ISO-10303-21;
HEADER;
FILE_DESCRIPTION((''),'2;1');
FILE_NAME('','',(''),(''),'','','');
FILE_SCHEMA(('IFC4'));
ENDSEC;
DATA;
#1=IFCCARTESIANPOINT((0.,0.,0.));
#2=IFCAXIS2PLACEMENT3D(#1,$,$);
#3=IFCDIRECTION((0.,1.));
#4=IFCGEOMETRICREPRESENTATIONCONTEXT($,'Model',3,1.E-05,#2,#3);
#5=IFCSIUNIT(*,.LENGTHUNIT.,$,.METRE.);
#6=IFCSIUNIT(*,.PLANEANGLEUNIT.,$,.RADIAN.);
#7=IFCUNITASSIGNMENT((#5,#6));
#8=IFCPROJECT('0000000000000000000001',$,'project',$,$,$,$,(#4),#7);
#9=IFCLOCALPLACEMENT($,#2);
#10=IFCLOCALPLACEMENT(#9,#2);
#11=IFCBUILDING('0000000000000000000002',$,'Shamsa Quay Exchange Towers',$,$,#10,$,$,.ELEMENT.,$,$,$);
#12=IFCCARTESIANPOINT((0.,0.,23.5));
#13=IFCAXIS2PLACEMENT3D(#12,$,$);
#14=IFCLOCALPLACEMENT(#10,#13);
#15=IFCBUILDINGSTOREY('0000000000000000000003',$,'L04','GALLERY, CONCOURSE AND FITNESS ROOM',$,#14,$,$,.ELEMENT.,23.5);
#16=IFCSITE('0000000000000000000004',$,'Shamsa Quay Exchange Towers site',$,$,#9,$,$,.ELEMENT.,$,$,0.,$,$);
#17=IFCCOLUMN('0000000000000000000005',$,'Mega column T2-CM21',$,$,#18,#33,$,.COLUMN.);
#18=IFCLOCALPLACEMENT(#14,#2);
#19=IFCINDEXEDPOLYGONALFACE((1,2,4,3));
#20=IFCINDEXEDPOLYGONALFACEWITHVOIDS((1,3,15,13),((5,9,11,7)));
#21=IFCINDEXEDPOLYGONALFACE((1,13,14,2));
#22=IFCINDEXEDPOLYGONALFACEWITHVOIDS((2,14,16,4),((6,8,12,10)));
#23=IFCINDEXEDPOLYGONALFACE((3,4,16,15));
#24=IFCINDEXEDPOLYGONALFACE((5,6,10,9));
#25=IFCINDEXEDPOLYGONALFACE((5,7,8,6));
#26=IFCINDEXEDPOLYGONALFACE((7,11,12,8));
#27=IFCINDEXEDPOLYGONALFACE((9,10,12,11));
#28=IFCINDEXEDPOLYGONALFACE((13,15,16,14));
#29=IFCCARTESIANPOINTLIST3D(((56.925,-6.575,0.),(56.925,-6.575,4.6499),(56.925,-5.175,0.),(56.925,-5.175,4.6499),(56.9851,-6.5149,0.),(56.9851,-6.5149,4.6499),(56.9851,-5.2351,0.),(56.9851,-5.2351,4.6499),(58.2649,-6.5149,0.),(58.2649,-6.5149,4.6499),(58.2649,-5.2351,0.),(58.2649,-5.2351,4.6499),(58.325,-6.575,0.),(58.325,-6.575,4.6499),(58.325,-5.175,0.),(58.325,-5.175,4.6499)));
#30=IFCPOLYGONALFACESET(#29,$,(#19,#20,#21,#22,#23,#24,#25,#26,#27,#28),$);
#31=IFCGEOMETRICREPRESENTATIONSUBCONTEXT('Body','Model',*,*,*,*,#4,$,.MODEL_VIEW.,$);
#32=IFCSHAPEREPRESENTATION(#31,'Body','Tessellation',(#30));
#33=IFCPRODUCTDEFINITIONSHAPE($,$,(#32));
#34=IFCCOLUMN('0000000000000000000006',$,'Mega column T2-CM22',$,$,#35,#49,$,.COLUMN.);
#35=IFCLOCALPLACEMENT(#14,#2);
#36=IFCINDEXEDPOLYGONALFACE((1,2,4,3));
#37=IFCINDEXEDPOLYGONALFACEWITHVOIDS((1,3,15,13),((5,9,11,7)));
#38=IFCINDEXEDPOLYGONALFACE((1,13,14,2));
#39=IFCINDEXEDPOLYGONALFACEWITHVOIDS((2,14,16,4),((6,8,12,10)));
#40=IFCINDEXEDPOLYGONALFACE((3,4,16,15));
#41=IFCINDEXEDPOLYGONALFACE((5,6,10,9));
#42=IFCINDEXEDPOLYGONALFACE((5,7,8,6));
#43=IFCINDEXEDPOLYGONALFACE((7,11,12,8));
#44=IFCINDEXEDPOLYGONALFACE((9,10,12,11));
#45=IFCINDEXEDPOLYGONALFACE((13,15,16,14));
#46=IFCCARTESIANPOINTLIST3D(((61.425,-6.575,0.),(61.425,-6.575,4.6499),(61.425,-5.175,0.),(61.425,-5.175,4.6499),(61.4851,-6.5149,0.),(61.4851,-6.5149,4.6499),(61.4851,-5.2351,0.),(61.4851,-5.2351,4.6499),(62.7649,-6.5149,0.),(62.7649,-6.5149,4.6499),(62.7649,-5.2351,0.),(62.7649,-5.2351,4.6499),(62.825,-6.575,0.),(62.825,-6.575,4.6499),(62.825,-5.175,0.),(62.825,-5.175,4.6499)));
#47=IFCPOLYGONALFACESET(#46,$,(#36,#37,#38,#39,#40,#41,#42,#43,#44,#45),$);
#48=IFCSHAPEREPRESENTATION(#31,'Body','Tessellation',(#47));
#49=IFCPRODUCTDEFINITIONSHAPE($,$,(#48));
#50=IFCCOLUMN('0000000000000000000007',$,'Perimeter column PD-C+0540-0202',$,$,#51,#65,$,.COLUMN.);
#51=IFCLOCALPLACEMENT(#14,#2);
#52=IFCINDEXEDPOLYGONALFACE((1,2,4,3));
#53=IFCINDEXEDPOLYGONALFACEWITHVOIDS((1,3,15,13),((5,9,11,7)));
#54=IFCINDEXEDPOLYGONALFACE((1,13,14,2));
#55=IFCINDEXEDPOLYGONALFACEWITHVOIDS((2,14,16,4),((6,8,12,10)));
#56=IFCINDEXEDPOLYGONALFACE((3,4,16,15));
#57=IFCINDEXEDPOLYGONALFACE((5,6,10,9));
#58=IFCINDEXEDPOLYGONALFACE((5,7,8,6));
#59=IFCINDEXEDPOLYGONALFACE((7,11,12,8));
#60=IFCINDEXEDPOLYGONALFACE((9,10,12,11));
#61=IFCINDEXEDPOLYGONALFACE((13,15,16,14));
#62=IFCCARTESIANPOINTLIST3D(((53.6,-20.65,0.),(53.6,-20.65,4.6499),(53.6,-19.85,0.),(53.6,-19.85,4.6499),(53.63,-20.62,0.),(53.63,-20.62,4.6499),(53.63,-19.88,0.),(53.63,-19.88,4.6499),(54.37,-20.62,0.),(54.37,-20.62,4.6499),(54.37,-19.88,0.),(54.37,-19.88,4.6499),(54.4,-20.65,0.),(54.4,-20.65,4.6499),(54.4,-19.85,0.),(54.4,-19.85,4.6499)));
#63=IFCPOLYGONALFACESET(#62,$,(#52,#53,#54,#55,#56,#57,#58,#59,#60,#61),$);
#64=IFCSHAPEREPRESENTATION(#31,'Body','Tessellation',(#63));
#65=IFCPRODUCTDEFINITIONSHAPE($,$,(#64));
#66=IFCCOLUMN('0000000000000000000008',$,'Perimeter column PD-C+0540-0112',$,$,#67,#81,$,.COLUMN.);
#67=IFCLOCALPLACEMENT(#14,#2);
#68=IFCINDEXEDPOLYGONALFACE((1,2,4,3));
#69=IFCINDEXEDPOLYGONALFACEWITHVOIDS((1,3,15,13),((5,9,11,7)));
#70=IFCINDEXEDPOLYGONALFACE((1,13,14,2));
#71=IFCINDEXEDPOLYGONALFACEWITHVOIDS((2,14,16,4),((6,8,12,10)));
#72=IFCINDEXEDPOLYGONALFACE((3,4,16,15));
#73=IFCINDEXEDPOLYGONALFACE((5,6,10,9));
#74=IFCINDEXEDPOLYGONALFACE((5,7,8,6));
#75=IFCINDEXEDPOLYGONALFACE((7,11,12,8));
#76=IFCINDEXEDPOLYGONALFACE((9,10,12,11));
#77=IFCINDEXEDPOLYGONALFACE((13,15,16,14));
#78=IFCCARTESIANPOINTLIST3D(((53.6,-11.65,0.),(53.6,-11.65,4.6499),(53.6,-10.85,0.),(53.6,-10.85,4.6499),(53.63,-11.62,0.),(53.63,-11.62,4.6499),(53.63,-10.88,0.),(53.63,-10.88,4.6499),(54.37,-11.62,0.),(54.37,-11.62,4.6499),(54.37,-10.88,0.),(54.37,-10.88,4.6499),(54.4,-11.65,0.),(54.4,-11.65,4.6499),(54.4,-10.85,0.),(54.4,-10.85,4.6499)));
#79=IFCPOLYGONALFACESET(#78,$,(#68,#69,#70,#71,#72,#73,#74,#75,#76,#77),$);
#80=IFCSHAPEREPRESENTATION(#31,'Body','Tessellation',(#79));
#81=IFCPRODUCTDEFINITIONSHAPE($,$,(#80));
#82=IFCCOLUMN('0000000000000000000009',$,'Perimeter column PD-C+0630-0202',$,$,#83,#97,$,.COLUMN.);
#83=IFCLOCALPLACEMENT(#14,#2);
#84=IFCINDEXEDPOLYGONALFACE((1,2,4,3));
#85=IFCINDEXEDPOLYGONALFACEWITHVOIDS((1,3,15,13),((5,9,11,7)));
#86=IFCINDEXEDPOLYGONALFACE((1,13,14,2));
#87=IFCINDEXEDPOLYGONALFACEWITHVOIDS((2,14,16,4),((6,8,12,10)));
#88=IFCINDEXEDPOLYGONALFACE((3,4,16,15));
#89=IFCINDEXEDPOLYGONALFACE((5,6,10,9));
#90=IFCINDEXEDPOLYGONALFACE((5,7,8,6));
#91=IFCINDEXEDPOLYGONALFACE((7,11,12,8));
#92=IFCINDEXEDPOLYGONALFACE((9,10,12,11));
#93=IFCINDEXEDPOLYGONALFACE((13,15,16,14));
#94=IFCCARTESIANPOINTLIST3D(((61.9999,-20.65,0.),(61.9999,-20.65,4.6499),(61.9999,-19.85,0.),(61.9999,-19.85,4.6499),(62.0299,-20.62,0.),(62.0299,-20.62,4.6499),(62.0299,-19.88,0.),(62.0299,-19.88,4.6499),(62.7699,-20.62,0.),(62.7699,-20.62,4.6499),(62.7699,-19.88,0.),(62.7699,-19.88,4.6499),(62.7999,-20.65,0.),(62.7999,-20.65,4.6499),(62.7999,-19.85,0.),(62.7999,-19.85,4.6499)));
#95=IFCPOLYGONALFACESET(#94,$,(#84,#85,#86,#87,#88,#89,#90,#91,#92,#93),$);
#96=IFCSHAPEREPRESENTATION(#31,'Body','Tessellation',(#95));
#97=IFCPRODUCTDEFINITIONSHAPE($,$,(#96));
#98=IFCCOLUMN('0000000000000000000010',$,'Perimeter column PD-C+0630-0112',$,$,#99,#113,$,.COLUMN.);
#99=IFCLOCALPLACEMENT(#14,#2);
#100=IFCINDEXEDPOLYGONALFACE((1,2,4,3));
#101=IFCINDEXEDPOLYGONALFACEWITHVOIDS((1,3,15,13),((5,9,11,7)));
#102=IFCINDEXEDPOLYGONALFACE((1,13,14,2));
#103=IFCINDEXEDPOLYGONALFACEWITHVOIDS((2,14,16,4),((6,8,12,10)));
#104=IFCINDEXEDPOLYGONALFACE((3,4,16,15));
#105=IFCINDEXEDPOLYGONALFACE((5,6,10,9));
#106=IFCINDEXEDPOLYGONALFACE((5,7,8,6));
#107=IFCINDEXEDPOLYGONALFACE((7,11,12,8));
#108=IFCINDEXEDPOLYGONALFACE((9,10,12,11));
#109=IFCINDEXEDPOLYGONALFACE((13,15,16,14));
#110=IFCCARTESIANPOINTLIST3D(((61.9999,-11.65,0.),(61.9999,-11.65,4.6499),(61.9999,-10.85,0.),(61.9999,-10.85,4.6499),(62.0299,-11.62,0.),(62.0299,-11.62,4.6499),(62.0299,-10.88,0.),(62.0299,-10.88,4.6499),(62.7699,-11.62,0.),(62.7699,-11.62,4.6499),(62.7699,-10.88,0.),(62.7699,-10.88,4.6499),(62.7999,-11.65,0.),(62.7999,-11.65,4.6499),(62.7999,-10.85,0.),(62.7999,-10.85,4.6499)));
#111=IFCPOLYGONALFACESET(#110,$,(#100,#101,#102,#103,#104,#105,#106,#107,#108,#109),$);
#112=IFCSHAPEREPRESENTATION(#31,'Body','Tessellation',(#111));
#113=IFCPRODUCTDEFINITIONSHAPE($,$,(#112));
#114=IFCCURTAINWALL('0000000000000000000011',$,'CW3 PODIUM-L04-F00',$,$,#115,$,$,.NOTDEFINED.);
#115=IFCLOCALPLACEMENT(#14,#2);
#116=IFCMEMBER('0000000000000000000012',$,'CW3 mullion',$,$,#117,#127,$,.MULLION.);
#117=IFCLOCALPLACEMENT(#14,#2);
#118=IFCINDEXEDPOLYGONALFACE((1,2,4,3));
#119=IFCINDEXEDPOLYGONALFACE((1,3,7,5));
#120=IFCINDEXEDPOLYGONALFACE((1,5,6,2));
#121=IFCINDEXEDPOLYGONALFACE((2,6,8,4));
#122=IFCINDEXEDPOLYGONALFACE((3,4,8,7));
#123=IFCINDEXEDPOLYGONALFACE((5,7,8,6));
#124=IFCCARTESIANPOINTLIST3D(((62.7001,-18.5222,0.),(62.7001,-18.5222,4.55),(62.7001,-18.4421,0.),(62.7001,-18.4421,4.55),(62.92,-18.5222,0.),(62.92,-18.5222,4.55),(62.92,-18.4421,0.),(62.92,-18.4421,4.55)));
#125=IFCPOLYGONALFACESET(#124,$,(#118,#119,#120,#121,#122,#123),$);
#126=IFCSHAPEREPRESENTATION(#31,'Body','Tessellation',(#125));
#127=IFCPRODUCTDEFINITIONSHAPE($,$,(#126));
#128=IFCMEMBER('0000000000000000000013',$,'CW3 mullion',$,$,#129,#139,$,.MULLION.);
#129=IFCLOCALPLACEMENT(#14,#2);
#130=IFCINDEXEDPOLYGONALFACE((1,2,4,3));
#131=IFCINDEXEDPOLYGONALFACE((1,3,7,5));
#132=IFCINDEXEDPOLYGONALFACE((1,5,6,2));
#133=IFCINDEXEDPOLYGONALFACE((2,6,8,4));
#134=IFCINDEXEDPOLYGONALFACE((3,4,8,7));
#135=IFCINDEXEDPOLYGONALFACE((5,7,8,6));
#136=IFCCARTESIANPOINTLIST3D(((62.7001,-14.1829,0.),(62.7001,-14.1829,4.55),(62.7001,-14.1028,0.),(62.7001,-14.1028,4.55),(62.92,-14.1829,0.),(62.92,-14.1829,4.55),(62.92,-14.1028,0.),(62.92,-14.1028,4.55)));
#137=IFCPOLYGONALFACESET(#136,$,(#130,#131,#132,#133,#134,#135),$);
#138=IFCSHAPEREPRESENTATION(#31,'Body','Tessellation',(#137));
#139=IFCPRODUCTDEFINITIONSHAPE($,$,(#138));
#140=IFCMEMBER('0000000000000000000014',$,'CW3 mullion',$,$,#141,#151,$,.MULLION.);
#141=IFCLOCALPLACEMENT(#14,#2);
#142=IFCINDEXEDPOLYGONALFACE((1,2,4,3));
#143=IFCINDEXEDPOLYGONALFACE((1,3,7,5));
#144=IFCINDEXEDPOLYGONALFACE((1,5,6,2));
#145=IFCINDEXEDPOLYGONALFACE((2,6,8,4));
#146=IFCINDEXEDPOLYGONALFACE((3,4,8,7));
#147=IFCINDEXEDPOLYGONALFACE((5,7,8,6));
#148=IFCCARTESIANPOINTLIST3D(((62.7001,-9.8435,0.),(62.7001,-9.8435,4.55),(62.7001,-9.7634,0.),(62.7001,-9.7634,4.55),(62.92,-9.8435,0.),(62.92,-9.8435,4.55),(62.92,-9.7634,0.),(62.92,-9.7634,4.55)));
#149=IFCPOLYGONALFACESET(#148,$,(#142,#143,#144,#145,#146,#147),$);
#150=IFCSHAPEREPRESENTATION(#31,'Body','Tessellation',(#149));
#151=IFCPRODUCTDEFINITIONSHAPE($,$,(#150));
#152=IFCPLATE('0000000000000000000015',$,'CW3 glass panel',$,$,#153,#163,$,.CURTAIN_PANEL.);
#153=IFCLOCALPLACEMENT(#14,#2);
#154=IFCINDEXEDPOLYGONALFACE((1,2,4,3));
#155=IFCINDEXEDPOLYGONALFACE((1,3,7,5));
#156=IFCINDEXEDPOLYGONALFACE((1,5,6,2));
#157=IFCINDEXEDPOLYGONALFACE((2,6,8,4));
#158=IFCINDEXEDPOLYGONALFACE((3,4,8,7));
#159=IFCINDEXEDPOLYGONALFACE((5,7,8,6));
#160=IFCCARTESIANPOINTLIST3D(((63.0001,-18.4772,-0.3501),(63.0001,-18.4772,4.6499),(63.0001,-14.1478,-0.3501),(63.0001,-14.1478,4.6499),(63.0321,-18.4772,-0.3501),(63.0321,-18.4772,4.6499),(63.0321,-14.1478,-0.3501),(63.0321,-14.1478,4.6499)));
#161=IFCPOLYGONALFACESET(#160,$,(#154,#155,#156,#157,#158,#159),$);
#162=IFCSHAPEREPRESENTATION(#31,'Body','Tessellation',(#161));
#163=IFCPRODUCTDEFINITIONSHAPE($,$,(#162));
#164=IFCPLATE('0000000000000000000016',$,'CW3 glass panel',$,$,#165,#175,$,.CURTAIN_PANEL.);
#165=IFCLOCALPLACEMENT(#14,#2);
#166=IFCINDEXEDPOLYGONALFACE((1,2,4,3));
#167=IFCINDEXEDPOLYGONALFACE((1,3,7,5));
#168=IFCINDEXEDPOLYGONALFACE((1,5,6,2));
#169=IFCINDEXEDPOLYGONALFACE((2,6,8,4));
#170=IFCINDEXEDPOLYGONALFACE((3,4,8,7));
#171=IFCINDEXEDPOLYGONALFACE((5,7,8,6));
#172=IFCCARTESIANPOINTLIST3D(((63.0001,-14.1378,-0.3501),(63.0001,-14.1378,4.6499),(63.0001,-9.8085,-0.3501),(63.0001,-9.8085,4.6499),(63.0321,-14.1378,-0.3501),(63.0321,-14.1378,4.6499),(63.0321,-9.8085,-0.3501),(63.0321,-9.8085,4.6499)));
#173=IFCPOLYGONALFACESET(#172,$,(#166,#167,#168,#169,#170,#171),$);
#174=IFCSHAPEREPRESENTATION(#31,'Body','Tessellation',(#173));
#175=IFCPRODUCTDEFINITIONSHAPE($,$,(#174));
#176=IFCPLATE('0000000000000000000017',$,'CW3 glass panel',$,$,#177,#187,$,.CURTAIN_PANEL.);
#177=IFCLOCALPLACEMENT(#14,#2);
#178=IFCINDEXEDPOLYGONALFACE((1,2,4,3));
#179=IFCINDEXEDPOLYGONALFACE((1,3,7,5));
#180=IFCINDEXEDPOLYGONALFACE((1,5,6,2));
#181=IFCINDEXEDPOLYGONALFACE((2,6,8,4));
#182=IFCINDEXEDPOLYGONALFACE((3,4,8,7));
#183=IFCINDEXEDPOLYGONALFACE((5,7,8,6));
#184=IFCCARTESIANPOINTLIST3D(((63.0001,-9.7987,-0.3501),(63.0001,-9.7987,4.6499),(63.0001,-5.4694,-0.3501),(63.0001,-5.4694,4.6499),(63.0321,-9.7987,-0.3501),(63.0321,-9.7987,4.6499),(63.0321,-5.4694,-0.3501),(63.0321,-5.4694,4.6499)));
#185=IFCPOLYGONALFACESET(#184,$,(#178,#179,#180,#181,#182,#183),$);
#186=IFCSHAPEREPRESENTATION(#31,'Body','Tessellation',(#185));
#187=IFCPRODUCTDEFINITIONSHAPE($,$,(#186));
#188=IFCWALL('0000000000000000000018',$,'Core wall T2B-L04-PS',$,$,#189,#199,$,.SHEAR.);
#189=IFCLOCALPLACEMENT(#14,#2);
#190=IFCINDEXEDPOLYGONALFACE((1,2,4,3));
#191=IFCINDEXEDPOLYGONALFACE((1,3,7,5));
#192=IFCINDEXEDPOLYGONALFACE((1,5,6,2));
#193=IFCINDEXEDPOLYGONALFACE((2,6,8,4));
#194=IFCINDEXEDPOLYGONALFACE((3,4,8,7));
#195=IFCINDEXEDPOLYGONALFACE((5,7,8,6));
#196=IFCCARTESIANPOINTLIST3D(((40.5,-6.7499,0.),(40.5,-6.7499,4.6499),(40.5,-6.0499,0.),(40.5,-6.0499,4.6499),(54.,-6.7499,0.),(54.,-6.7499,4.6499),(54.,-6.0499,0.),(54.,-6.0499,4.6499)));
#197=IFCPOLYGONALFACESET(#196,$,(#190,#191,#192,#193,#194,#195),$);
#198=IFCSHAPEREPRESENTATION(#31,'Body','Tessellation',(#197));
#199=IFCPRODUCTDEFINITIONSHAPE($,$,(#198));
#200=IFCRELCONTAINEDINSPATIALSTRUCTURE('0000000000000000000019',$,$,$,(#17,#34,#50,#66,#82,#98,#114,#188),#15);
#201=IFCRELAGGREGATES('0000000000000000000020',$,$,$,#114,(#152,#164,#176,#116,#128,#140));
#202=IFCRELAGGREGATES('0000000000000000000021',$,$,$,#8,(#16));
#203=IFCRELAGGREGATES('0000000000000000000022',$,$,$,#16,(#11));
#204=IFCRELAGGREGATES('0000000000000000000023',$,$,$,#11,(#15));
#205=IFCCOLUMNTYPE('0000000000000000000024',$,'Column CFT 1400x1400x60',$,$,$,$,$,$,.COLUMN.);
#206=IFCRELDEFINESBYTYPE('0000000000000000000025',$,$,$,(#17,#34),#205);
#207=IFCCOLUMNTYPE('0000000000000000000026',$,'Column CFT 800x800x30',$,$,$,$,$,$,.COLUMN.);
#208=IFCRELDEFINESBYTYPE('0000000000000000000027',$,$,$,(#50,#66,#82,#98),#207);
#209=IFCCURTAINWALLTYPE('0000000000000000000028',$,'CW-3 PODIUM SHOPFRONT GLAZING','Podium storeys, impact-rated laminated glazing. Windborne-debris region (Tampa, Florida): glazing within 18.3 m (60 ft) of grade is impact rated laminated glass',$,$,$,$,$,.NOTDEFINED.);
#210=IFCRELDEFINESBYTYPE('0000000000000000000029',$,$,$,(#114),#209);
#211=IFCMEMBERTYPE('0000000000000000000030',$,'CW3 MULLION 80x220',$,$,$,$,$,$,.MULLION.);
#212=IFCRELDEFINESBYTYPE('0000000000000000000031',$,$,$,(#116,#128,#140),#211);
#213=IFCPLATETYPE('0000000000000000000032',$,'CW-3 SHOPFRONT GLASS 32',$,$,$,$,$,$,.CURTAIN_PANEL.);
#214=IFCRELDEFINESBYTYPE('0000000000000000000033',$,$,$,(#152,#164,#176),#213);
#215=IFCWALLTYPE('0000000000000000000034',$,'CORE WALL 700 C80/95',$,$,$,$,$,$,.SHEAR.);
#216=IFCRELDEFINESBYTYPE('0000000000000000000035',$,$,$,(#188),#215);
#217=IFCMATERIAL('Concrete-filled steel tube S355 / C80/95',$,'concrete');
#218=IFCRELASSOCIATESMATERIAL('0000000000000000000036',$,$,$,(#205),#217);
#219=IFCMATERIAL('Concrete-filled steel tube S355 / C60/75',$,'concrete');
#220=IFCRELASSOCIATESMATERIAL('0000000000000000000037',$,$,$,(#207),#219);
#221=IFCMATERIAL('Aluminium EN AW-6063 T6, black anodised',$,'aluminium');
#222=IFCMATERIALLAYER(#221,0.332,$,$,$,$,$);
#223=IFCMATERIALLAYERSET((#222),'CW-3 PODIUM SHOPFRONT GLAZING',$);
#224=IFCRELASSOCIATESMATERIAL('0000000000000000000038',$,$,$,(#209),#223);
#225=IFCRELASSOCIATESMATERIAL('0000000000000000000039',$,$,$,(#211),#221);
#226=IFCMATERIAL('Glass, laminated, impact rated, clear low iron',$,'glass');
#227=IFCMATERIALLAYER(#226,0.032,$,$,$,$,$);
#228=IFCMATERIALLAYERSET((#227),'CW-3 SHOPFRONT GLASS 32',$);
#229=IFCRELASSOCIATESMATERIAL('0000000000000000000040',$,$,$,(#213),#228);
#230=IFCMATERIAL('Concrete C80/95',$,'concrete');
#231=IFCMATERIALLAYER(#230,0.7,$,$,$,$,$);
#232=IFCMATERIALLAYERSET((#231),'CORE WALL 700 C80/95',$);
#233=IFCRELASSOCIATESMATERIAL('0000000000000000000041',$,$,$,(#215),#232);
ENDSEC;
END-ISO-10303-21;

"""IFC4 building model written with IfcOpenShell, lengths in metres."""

from ifc_helpers import new_model, si_unit, direction, frame, frame_2d, origin, origin_2d, place, context, subcontext, project, spatial, rectangle, hollow_rectangle, extrude, material, layer, layer_set, material_profile, profile_set, type_object, element, aggregate, save


model = new_model("IFC4")

# Units and contexts
model_context = context("Model", 3, precision=1e-05, world=origin(), true_north=direction((0.0, 1.0)))
body_context = subcontext(model_context, "Body", "Model", "MODEL_VIEW")
ifc_project = project(units=[si_unit("LENGTHUNIT", "METRE"), si_unit("PLANEANGLEUNIT", "RADIAN")], contexts=[model_context])

# Site, building, storey
site_placement = place(None, origin())
site = spatial("IfcSite", under=ifc_project, at=site_placement, Name="Shamsa Quay Exchange Towers site", CompositionType="ELEMENT", RefElevation=0.0)
building_placement = place(site_placement, origin())
building = spatial("IfcBuilding", under=site, at=building_placement, Name="Shamsa Quay Exchange Towers", CompositionType="ELEMENT")
storey_placement = place(building_placement, frame((0.0, 0.0, 23.5)))
storey = spatial("IfcBuildingStorey", under=building, at=storey_placement, Name="L04", Description="GALLERY, CONCOURSE AND FITNESS ROOM", CompositionType="ELEMENT", Elevation=23.5)

# Columns
ifc_material_1 = material(Name="Concrete-filled steel tube S355 / C80/95", Category="concrete")
ifc_material_profile_1 = material_profile(ifc_material_1, hollow_rectangle(XDim=1.3999, YDim=1.3999, WallThickness=0.0601, at=origin_2d()), Name="CFT 1400x1400x60")
ifc_profile_set_1 = profile_set([ifc_material_profile_1], Name="Concrete-filled steel tube S355 / C80/95")
column_type_1 = type_object("IfcColumnType", Name="Column CFT 1400x1400x60", PredefinedType="COLUMN", material=ifc_profile_set_1)
for number, where, name in (
    (1, (57.625, -5.875, 0.0), "Mega column T2-CM21"),
    (2, (62.125, -5.875, 0.0), "Mega column T2-CM22"),
):
    element("IfcColumn", number, at=place(storey_placement, frame(where)), inside=storey, type_object=column_type_1, Name=name, PredefinedType="COLUMN", context=body_context, shape_type="SweptSolid", body=[
        extrude(hollow_rectangle(XDim=1.3999, YDim=1.3999, WallThickness=0.0601, at=origin_2d()), origin(), (0.0, 0.0, 1.0), 4.6499),
    ])
ifc_material_2 = material(Name="Concrete-filled steel tube S355 / C60/75", Category="concrete")
ifc_material_profile_2 = material_profile(ifc_material_2, hollow_rectangle(XDim=0.8, YDim=0.8, WallThickness=0.03, at=origin_2d()), Name="CFT 800x800x30")
ifc_profile_set_2 = profile_set([ifc_material_profile_2], Name="Concrete-filled steel tube S355 / C60/75")
column_type_2 = type_object("IfcColumnType", Name="Column CFT 800x800x30", PredefinedType="COLUMN", material=ifc_profile_set_2)
for number, where, name in (
    (3, (54.0, -20.25, 0.0), "Perimeter column PD-C+0540-0202"),
    (4, (54.0, -11.25, 0.0), "Perimeter column PD-C+0540-0112"),
    (5, (62.3999, -20.25, 0.0), "Perimeter column PD-C+0630-0202"),
    (6, (62.3999, -11.25, 0.0), "Perimeter column PD-C+0630-0112"),
):
    element("IfcColumn", number, at=place(storey_placement, frame(where)), inside=storey, type_object=column_type_2, Name=name, PredefinedType="COLUMN", context=body_context, shape_type="SweptSolid", body=[
        extrude(hollow_rectangle(XDim=0.8, YDim=0.8, WallThickness=0.03, at=origin_2d()), origin(), (0.0, 0.0, 1.0), 4.6499),
    ])

# Curtain wall, members, plates
ifc_material_3 = material(Name="Aluminium EN AW-6063 T6, black anodised", Category="aluminium")
ifc_layer_1 = layer(ifc_material_3, 0.332)
ifc_layer_set_1 = layer_set([ifc_layer_1], Name="CW-3 PODIUM SHOPFRONT GLAZING")
curtain_wall_type = type_object("IfcCurtainWallType", Name="CW-3 PODIUM SHOPFRONT GLAZING", Description="Podium storeys, impact-rated laminated glazing. Windborne-debris region (Tampa, Florida): glazing within 18.3 m (60 ft) of grade is impact rated laminated glass", PredefinedType="NOTDEFINED", material=ifc_layer_set_1)
curtain_wall_placement = place(storey_placement, origin())
curtain_wall = element("IfcCurtainWall", 7, at=curtain_wall_placement, inside=storey, type_object=curtain_wall_type, Name="CW3 PODIUM-L04-F00", PredefinedType="NOTDEFINED")
ifc_material_profile_3 = material_profile(ifc_material_3, rectangle(XDim=0.22, YDim=0.0801, at=origin_2d()), Name="MU80x220")
ifc_profile_set_3 = profile_set([ifc_material_profile_3], Name="Aluminium EN AW-6063 T6, black anodised")
member_type = type_object("IfcMemberType", Name="CW3 MULLION 80x220", PredefinedType="MULLION", material=ifc_profile_set_3)
member_1_placement = place(storey_placement, frame((62.8101, -18.4822, 0.0), z_axis=(0.0, 0.0, 1.0), x_axis=(-1.0, 0.0, 0.0)))
member_1 = element("IfcMember", 8, at=member_1_placement, type_object=member_type, Name="CW3 mullion", PredefinedType="MULLION", context=body_context, shape_type="SweptSolid", body=[
    extrude(rectangle(XDim=0.22, YDim=0.0801, at=origin_2d()), origin(), (0.0, 0.0, 1.0), 4.55),
])
member_2_placement = place(storey_placement, frame((62.8101, -14.1428, 0.0), z_axis=(0.0, 0.0, 1.0), x_axis=(-1.0, 0.0, 0.0)))
member_2 = element("IfcMember", 9, at=member_2_placement, type_object=member_type, Name="CW3 mullion", PredefinedType="MULLION", context=body_context, shape_type="SweptSolid", body=[
    extrude(rectangle(XDim=0.22, YDim=0.0801, at=origin_2d()), origin(), (0.0, 0.0, 1.0), 4.55),
])
member_3_placement = place(storey_placement, frame((62.8101, -9.8035, 0.0), z_axis=(0.0, 0.0, 1.0), x_axis=(-1.0, 0.0, 0.0)))
member_3 = element("IfcMember", 10, at=member_3_placement, type_object=member_type, Name="CW3 mullion", PredefinedType="MULLION", context=body_context, shape_type="SweptSolid", body=[
    extrude(rectangle(XDim=0.22, YDim=0.0801, at=origin_2d()), origin(), (0.0, 0.0, 1.0), 4.55),
])
ifc_material_4 = material(Name="Glass, laminated, impact rated, clear low iron", Category="glass")
ifc_layer_2 = layer(ifc_material_4, 0.032)
ifc_layer_set_2 = layer_set([ifc_layer_2], Name="CW-3 SHOPFRONT GLASS 32")
plate_type = type_object("IfcPlateType", Name="CW-3 SHOPFRONT GLASS 32", PredefinedType="CURTAIN_PANEL", material=ifc_layer_set_2)
plate_1_placement = place(storey_placement, frame((63.0161, -16.3125, -0.3501), z_axis=(0.0, 0.0, 1.0), x_axis=(0.0, 1.0, 0.0)))
plate_1 = element("IfcPlate", 11, at=plate_1_placement, type_object=plate_type, Name="CW3 glass panel", PredefinedType="CURTAIN_PANEL", context=body_context, shape_type="SweptSolid", body=[
    extrude(rectangle(XDim=4.3293, YDim=0.032, at=origin_2d()), origin(), (0.0, 0.0, 1.0), 5.0),
])
plate_2_placement = place(storey_placement, frame((63.0161, -11.9731, -0.3501), z_axis=(0.0, 0.0, 1.0), x_axis=(0.0, 1.0, 0.0)))
plate_2 = element("IfcPlate", 12, at=plate_2_placement, type_object=plate_type, Name="CW3 glass panel", PredefinedType="CURTAIN_PANEL", context=body_context, shape_type="SweptSolid", body=[
    extrude(rectangle(XDim=4.3293, YDim=0.032, at=origin_2d()), origin(), (0.0, 0.0, 1.0), 5.0),
])
plate_3_placement = place(storey_placement, frame((63.0161, -7.634, -0.3501), z_axis=(0.0, 0.0, 1.0), x_axis=(0.0, 1.0, 0.0)))
plate_3 = element("IfcPlate", 13, at=plate_3_placement, type_object=plate_type, Name="CW3 glass panel", PredefinedType="CURTAIN_PANEL", context=body_context, shape_type="SweptSolid", body=[
    extrude(rectangle(XDim=4.3293, YDim=0.032, at=origin_2d()), origin(), (0.0, 0.0, 1.0), 5.0),
])
aggregate(curtain_wall, [plate_1, plate_2, plate_3, member_1, member_2, member_3])

# Wall
ifc_material_5 = material(Name="Concrete C80/95", Category="concrete")
ifc_layer_3 = layer(ifc_material_5, 0.7)
ifc_layer_set_3 = layer_set([ifc_layer_3], Name="CORE WALL 700 C80/95")
wall_type_1 = type_object("IfcWallType", Name="CORE WALL 700 C80/95", PredefinedType="SHEAR", material=ifc_layer_set_3)
wall_1_placement = place(storey_placement, frame((54.0, -6.3999, 0.0), z_axis=(0.0, 0.0, 1.0), x_axis=(-1.0, 0.0, 0.0)))
element("IfcWall", 14, at=wall_1_placement, inside=storey, type_object=wall_type_1, Name="Core wall T2B-L04-PS", PredefinedType="SHEAR", context=body_context, shape_type="SweptSolid", body=[
    extrude(rectangle(XDim=13.5, YDim=0.7, at=frame_2d((6.75, 0.0))), origin(), (0.0, 0.0, 1.0), 4.6499),
])

save(model, "model.ifc")
